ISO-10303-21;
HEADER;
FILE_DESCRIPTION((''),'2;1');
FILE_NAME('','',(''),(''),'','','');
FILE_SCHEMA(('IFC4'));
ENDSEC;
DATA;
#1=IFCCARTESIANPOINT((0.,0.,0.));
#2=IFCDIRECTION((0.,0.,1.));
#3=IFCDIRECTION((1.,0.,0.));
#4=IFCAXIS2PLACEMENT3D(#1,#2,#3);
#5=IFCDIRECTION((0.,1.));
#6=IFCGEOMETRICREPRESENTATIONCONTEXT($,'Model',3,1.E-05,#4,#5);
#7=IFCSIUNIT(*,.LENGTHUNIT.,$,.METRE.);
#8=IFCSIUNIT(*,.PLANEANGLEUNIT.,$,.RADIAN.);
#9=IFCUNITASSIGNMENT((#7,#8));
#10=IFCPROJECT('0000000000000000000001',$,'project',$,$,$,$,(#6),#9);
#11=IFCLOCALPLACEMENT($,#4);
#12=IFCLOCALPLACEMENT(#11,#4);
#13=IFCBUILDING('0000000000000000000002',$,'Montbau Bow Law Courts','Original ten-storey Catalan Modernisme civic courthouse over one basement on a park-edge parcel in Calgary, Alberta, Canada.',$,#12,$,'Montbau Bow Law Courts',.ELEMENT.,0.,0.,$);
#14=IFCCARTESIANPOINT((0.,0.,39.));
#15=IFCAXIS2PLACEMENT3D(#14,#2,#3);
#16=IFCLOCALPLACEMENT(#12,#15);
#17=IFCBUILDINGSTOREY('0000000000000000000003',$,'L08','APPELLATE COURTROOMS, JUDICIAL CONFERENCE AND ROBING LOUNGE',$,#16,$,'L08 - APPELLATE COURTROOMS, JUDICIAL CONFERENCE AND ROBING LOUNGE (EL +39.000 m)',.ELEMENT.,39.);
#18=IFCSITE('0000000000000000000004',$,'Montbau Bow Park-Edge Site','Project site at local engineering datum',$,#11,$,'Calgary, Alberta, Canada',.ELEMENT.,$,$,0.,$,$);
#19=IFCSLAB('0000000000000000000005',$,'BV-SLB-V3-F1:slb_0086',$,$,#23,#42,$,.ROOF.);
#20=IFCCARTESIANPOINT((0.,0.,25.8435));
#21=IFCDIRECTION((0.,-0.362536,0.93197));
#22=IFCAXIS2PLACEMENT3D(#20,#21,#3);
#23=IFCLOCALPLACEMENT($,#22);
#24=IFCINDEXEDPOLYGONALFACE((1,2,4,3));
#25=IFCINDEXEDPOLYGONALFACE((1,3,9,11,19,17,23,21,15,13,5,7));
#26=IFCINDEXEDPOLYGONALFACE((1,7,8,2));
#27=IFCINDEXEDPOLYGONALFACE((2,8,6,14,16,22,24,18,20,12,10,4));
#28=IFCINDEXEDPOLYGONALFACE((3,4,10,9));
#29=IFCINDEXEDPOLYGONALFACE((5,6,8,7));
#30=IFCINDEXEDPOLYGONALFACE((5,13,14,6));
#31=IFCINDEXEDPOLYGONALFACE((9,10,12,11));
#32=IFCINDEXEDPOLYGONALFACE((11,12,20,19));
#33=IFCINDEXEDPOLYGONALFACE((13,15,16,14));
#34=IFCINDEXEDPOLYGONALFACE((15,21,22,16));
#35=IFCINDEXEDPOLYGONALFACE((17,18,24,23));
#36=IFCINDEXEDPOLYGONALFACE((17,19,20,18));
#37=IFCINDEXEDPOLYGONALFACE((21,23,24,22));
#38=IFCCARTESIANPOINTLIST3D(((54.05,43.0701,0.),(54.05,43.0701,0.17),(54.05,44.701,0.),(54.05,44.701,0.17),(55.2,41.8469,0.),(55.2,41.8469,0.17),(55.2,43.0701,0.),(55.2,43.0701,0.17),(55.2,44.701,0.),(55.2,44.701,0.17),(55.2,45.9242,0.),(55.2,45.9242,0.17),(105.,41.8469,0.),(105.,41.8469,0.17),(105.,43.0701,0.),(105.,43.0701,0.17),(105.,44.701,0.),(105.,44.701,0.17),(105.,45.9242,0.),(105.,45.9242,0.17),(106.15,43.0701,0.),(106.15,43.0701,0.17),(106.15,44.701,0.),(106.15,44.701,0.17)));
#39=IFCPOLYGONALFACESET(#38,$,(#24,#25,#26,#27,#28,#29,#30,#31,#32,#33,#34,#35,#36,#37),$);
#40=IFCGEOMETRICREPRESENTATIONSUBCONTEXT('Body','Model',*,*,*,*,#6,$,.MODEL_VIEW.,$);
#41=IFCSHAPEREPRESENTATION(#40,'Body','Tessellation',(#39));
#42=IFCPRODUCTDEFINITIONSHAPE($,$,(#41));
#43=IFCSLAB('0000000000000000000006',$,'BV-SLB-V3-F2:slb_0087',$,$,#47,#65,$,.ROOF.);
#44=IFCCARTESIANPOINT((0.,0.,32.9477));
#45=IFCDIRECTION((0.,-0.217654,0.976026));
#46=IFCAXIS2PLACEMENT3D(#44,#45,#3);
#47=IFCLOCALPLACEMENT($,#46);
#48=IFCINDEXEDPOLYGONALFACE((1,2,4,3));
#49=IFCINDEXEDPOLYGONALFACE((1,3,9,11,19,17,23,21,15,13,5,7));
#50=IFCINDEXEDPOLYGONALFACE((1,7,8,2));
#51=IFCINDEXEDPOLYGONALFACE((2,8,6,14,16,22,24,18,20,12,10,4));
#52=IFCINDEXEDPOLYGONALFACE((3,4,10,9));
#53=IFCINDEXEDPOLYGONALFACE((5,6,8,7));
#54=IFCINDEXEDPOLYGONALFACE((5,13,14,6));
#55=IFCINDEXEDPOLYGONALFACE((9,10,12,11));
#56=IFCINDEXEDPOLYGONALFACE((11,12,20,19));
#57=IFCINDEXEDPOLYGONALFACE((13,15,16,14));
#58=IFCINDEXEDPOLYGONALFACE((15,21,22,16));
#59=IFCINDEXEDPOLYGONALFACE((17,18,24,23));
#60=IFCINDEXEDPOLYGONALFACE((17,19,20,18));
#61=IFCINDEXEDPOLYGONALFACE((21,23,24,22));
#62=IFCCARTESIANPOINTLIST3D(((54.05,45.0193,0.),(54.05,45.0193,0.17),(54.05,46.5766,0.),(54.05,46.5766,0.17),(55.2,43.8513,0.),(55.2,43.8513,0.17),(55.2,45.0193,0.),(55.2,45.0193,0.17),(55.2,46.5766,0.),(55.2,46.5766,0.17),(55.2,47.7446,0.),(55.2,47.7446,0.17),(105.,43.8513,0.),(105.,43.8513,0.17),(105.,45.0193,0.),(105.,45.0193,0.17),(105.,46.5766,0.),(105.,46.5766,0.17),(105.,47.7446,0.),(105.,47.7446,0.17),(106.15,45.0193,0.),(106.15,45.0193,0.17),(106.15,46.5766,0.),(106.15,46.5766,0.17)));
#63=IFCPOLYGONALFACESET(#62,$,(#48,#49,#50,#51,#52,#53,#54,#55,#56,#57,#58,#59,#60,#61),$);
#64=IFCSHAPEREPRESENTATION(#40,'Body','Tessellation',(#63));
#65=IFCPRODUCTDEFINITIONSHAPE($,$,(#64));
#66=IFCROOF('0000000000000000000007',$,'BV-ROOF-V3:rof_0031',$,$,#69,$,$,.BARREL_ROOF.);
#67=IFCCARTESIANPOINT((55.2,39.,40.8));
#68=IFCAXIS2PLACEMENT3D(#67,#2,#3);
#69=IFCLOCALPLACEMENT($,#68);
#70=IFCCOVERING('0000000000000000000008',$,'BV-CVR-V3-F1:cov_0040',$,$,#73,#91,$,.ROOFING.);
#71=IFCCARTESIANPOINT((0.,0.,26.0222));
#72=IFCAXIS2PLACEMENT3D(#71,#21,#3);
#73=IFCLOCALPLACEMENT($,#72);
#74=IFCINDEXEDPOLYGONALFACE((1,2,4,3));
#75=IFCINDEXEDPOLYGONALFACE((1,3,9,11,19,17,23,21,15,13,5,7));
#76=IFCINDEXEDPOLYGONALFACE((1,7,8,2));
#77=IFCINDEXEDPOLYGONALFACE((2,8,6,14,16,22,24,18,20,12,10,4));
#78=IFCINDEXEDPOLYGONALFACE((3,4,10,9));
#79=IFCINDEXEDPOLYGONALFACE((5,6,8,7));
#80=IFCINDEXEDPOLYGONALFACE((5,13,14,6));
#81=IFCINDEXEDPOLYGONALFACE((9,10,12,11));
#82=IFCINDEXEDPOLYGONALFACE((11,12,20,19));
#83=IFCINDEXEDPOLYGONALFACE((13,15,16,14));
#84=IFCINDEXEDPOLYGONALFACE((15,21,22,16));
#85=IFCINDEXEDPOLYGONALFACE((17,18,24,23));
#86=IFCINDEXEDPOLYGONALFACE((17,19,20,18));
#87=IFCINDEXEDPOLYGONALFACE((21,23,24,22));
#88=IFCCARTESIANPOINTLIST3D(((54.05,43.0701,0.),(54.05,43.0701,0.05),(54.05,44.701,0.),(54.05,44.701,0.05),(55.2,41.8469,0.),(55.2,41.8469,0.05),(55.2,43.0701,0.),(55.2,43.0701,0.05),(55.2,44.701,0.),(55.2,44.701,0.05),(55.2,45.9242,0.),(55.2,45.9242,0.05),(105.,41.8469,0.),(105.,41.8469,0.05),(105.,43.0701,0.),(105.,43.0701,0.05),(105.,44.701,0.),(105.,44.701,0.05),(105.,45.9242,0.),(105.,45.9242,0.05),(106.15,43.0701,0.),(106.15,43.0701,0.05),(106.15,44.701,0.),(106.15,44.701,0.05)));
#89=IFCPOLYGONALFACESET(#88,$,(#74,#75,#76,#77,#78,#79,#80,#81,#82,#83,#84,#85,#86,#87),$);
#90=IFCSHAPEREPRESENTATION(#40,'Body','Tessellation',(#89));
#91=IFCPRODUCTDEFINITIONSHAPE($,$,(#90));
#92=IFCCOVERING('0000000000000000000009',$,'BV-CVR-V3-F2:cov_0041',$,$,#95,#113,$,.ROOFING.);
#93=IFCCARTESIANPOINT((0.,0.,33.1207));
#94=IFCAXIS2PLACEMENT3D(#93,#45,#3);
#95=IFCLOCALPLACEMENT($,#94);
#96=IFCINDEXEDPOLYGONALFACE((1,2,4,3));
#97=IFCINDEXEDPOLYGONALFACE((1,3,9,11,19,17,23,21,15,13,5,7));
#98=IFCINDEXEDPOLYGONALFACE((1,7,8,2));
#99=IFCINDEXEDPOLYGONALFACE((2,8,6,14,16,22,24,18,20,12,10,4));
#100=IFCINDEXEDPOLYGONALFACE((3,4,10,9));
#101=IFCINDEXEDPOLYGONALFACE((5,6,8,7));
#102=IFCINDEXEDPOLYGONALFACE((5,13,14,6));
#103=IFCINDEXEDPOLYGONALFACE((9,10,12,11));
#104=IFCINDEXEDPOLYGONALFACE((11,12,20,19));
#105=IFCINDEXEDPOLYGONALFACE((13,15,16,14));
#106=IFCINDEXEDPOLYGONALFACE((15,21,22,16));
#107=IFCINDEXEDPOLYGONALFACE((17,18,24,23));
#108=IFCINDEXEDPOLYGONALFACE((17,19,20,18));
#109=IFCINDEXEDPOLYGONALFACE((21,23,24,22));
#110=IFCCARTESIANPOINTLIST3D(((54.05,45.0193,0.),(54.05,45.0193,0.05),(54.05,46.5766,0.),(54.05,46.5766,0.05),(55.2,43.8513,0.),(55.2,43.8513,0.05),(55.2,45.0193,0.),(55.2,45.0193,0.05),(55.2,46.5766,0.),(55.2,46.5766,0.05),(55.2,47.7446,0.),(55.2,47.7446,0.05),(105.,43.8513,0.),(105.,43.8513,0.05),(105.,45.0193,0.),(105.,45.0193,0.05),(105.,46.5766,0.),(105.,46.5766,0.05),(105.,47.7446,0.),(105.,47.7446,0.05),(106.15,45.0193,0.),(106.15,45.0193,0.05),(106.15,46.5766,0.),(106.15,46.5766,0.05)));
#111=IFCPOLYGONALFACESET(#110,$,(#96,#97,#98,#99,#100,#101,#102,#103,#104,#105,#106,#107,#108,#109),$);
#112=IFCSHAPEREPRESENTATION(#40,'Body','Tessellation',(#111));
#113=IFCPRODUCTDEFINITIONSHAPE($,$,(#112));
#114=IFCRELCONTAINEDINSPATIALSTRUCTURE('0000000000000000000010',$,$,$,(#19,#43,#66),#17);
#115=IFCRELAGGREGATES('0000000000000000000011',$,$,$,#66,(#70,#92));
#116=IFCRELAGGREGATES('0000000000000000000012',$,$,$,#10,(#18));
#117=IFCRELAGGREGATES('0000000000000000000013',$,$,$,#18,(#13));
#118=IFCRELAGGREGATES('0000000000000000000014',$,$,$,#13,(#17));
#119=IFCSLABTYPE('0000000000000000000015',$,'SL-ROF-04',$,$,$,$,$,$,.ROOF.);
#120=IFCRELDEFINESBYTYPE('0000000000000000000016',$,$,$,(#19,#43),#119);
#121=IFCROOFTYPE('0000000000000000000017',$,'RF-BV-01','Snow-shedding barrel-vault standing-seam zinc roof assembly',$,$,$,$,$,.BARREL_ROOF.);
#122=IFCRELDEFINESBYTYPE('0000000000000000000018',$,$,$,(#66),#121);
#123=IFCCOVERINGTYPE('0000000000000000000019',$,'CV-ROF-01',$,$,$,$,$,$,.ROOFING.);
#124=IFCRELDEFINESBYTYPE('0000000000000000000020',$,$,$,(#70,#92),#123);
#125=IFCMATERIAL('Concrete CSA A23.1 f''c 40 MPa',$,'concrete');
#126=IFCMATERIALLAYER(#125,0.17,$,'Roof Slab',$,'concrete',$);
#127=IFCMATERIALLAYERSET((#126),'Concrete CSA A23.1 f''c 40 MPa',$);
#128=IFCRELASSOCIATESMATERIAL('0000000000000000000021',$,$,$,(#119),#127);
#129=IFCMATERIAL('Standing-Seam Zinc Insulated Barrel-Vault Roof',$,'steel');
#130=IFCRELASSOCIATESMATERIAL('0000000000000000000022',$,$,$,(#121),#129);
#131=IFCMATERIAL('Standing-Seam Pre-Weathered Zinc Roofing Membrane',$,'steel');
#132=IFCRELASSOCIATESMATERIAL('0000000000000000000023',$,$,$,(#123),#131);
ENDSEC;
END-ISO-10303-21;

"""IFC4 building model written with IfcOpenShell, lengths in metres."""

from ifc_helpers import new_model, si_unit, direction, frame, origin_with_axes, place, context, subcontext, project, spatial, polyline, outline, extrude, material, layer, layer_set, type_object, element, aggregate, save


model = new_model("IFC4")

# Units and contexts
model_context = context("Model", 3, precision=1e-05, world=origin_with_axes(), true_north=direction((0.0, 1.0)))
body_context = subcontext(model_context, "Body", "Model", "MODEL_VIEW")
ifc_project = project(units=[si_unit("LENGTHUNIT", "METRE"), si_unit("PLANEANGLEUNIT", "RADIAN")], contexts=[model_context])

# Site, building, storey
site_placement = place(None, origin_with_axes())
site = spatial("IfcSite", under=ifc_project, at=site_placement, Name="Montbau Bow Park-Edge Site", Description="Project site at local engineering datum", LongName="Calgary, Alberta, Canada", CompositionType="ELEMENT", RefElevation=0.0)
building_placement = place(site_placement, origin_with_axes())
building = spatial("IfcBuilding", under=site, at=building_placement, Name="Montbau Bow Law Courts", Description="Original ten-storey Catalan Modernisme civic courthouse over one basement on a park-edge parcel in Calgary, Alberta, Canada.", LongName="Montbau Bow Law Courts", CompositionType="ELEMENT", ElevationOfRefHeight=0.0, ElevationOfTerrain=0.0)
storey_placement = place(building_placement, frame((0.0, 0.0, 39.0), z_axis=(0.0, 0.0, 1.0), x_axis=(1.0, 0.0, 0.0)))
storey = spatial("IfcBuildingStorey", under=building, at=storey_placement, Name="L08", Description="APPELLATE COURTROOMS, JUDICIAL CONFERENCE AND ROBING LOUNGE", LongName="L08 - APPELLATE COURTROOMS, JUDICIAL CONFERENCE AND ROBING LOUNGE (EL +39.000 m)", CompositionType="ELEMENT", Elevation=39.0)

# Slabs
ifc_material_1 = material(Name="Concrete CSA A23.1 f'c 40 MPa", Category="concrete")
ifc_layer = layer(ifc_material_1, 0.17, Name="Roof Slab", Category="concrete")
ifc_layer_set = layer_set([ifc_layer], Name="Concrete CSA A23.1 f'c 40 MPa")
slab_type = type_object("IfcSlabType", Name="SL-ROF-04", PredefinedType="ROOF", material=ifc_layer_set)
slab_1_placement = place(None, frame((0.0, 0.0, 25.8435), z_axis=(0.0, -0.362536, 0.93197), x_axis=(1.0, 0.0, 0.0)))
element("IfcSlab", 1, at=slab_1_placement, inside=storey, type_object=slab_type, Name="BV-SLB-V3-F1:slb_0086", PredefinedType="ROOF", context=body_context, shape_type="SweptSolid", body=[
    extrude(outline(polyline([(55.2, 41.8469), (105.0, 41.8469), (105.0, 43.0701), (106.15, 43.0701), (106.15, 44.701), (105.0, 44.701), (105.0, 45.9242), (55.2, 45.9242), (55.2, 44.701), (54.05, 44.701), (54.05, 43.0701), (55.2, 43.0701), (55.2, 41.8469)])), origin_with_axes(), (0.0, 0.0, 1.0), 0.17),
])
slab_2_placement = place(None, frame((0.0, 0.0, 32.9477), z_axis=(0.0, -0.217654, 0.976026), x_axis=(1.0, 0.0, 0.0)))
element("IfcSlab", 2, at=slab_2_placement, inside=storey, type_object=slab_type, Name="BV-SLB-V3-F2:slb_0087", PredefinedType="ROOF", context=body_context, shape_type="SweptSolid", body=[
    extrude(outline(polyline([(55.2, 43.8513), (105.0, 43.8513), (105.0, 45.0193), (106.15, 45.0193), (106.15, 46.5766), (105.0, 46.5766), (105.0, 47.7446), (55.2, 47.7446), (55.2, 46.5766), (54.05, 46.5766), (54.05, 45.0193), (55.2, 45.0193), (55.2, 43.8513)])), origin_with_axes(), (0.0, 0.0, 1.0), 0.17),
])

# Roof, coverings
ifc_material_2 = material(Name="Standing-Seam Zinc Insulated Barrel-Vault Roof", Category="steel")
roof_type = type_object("IfcRoofType", Name="RF-BV-01", Description="Snow-shedding barrel-vault standing-seam zinc roof assembly", PredefinedType="BARREL_ROOF", material=ifc_material_2)
roof_placement = place(None, frame((55.2, 39.0, 40.8), z_axis=(0.0, 0.0, 1.0), x_axis=(1.0, 0.0, 0.0)))
roof = element("IfcRoof", 3, at=roof_placement, inside=storey, type_object=roof_type, Name="BV-ROOF-V3:rof_0031", PredefinedType="BARREL_ROOF")
ifc_material_3 = material(Name="Standing-Seam Pre-Weathered Zinc Roofing Membrane", Category="steel")
covering_type = type_object("IfcCoveringType", Name="CV-ROF-01", PredefinedType="ROOFING", material=ifc_material_3)
covering_1_placement = place(None, frame((0.0, 0.0, 26.0222), z_axis=(0.0, -0.362536, 0.93197), x_axis=(1.0, 0.0, 0.0)))
covering_1 = element("IfcCovering", 4, at=covering_1_placement, type_object=covering_type, Name="BV-CVR-V3-F1:cov_0040", PredefinedType="ROOFING", context=body_context, shape_type="SweptSolid", body=[
    extrude(outline(polyline([(55.2, 41.8469), (105.0, 41.8469), (105.0, 43.0701), (106.15, 43.0701), (106.15, 44.701), (105.0, 44.701), (105.0, 45.9242), (55.2, 45.9242), (55.2, 44.701), (54.05, 44.701), (54.05, 43.0701), (55.2, 43.0701), (55.2, 41.8469)])), origin_with_axes(), (0.0, 0.0, 1.0), 0.05),
])
covering_2_placement = place(None, frame((0.0, 0.0, 33.1207), z_axis=(0.0, -0.217654, 0.976026), x_axis=(1.0, 0.0, 0.0)))
covering_2 = element("IfcCovering", 5, at=covering_2_placement, type_object=covering_type, Name="BV-CVR-V3-F2:cov_0041", PredefinedType="ROOFING", context=body_context, shape_type="SweptSolid", body=[
    extrude(outline(polyline([(55.2, 43.8513), (105.0, 43.8513), (105.0, 45.0193), (106.15, 45.0193), (106.15, 46.5766), (105.0, 46.5766), (105.0, 47.7446), (55.2, 47.7446), (55.2, 46.5766), (54.05, 46.5766), (54.05, 45.0193), (55.2, 45.0193), (55.2, 43.8513)])), origin_with_axes(), (0.0, 0.0, 1.0), 0.05),
])
aggregate(roof, [covering_1, covering_2])

save(model, "model.ifc")
